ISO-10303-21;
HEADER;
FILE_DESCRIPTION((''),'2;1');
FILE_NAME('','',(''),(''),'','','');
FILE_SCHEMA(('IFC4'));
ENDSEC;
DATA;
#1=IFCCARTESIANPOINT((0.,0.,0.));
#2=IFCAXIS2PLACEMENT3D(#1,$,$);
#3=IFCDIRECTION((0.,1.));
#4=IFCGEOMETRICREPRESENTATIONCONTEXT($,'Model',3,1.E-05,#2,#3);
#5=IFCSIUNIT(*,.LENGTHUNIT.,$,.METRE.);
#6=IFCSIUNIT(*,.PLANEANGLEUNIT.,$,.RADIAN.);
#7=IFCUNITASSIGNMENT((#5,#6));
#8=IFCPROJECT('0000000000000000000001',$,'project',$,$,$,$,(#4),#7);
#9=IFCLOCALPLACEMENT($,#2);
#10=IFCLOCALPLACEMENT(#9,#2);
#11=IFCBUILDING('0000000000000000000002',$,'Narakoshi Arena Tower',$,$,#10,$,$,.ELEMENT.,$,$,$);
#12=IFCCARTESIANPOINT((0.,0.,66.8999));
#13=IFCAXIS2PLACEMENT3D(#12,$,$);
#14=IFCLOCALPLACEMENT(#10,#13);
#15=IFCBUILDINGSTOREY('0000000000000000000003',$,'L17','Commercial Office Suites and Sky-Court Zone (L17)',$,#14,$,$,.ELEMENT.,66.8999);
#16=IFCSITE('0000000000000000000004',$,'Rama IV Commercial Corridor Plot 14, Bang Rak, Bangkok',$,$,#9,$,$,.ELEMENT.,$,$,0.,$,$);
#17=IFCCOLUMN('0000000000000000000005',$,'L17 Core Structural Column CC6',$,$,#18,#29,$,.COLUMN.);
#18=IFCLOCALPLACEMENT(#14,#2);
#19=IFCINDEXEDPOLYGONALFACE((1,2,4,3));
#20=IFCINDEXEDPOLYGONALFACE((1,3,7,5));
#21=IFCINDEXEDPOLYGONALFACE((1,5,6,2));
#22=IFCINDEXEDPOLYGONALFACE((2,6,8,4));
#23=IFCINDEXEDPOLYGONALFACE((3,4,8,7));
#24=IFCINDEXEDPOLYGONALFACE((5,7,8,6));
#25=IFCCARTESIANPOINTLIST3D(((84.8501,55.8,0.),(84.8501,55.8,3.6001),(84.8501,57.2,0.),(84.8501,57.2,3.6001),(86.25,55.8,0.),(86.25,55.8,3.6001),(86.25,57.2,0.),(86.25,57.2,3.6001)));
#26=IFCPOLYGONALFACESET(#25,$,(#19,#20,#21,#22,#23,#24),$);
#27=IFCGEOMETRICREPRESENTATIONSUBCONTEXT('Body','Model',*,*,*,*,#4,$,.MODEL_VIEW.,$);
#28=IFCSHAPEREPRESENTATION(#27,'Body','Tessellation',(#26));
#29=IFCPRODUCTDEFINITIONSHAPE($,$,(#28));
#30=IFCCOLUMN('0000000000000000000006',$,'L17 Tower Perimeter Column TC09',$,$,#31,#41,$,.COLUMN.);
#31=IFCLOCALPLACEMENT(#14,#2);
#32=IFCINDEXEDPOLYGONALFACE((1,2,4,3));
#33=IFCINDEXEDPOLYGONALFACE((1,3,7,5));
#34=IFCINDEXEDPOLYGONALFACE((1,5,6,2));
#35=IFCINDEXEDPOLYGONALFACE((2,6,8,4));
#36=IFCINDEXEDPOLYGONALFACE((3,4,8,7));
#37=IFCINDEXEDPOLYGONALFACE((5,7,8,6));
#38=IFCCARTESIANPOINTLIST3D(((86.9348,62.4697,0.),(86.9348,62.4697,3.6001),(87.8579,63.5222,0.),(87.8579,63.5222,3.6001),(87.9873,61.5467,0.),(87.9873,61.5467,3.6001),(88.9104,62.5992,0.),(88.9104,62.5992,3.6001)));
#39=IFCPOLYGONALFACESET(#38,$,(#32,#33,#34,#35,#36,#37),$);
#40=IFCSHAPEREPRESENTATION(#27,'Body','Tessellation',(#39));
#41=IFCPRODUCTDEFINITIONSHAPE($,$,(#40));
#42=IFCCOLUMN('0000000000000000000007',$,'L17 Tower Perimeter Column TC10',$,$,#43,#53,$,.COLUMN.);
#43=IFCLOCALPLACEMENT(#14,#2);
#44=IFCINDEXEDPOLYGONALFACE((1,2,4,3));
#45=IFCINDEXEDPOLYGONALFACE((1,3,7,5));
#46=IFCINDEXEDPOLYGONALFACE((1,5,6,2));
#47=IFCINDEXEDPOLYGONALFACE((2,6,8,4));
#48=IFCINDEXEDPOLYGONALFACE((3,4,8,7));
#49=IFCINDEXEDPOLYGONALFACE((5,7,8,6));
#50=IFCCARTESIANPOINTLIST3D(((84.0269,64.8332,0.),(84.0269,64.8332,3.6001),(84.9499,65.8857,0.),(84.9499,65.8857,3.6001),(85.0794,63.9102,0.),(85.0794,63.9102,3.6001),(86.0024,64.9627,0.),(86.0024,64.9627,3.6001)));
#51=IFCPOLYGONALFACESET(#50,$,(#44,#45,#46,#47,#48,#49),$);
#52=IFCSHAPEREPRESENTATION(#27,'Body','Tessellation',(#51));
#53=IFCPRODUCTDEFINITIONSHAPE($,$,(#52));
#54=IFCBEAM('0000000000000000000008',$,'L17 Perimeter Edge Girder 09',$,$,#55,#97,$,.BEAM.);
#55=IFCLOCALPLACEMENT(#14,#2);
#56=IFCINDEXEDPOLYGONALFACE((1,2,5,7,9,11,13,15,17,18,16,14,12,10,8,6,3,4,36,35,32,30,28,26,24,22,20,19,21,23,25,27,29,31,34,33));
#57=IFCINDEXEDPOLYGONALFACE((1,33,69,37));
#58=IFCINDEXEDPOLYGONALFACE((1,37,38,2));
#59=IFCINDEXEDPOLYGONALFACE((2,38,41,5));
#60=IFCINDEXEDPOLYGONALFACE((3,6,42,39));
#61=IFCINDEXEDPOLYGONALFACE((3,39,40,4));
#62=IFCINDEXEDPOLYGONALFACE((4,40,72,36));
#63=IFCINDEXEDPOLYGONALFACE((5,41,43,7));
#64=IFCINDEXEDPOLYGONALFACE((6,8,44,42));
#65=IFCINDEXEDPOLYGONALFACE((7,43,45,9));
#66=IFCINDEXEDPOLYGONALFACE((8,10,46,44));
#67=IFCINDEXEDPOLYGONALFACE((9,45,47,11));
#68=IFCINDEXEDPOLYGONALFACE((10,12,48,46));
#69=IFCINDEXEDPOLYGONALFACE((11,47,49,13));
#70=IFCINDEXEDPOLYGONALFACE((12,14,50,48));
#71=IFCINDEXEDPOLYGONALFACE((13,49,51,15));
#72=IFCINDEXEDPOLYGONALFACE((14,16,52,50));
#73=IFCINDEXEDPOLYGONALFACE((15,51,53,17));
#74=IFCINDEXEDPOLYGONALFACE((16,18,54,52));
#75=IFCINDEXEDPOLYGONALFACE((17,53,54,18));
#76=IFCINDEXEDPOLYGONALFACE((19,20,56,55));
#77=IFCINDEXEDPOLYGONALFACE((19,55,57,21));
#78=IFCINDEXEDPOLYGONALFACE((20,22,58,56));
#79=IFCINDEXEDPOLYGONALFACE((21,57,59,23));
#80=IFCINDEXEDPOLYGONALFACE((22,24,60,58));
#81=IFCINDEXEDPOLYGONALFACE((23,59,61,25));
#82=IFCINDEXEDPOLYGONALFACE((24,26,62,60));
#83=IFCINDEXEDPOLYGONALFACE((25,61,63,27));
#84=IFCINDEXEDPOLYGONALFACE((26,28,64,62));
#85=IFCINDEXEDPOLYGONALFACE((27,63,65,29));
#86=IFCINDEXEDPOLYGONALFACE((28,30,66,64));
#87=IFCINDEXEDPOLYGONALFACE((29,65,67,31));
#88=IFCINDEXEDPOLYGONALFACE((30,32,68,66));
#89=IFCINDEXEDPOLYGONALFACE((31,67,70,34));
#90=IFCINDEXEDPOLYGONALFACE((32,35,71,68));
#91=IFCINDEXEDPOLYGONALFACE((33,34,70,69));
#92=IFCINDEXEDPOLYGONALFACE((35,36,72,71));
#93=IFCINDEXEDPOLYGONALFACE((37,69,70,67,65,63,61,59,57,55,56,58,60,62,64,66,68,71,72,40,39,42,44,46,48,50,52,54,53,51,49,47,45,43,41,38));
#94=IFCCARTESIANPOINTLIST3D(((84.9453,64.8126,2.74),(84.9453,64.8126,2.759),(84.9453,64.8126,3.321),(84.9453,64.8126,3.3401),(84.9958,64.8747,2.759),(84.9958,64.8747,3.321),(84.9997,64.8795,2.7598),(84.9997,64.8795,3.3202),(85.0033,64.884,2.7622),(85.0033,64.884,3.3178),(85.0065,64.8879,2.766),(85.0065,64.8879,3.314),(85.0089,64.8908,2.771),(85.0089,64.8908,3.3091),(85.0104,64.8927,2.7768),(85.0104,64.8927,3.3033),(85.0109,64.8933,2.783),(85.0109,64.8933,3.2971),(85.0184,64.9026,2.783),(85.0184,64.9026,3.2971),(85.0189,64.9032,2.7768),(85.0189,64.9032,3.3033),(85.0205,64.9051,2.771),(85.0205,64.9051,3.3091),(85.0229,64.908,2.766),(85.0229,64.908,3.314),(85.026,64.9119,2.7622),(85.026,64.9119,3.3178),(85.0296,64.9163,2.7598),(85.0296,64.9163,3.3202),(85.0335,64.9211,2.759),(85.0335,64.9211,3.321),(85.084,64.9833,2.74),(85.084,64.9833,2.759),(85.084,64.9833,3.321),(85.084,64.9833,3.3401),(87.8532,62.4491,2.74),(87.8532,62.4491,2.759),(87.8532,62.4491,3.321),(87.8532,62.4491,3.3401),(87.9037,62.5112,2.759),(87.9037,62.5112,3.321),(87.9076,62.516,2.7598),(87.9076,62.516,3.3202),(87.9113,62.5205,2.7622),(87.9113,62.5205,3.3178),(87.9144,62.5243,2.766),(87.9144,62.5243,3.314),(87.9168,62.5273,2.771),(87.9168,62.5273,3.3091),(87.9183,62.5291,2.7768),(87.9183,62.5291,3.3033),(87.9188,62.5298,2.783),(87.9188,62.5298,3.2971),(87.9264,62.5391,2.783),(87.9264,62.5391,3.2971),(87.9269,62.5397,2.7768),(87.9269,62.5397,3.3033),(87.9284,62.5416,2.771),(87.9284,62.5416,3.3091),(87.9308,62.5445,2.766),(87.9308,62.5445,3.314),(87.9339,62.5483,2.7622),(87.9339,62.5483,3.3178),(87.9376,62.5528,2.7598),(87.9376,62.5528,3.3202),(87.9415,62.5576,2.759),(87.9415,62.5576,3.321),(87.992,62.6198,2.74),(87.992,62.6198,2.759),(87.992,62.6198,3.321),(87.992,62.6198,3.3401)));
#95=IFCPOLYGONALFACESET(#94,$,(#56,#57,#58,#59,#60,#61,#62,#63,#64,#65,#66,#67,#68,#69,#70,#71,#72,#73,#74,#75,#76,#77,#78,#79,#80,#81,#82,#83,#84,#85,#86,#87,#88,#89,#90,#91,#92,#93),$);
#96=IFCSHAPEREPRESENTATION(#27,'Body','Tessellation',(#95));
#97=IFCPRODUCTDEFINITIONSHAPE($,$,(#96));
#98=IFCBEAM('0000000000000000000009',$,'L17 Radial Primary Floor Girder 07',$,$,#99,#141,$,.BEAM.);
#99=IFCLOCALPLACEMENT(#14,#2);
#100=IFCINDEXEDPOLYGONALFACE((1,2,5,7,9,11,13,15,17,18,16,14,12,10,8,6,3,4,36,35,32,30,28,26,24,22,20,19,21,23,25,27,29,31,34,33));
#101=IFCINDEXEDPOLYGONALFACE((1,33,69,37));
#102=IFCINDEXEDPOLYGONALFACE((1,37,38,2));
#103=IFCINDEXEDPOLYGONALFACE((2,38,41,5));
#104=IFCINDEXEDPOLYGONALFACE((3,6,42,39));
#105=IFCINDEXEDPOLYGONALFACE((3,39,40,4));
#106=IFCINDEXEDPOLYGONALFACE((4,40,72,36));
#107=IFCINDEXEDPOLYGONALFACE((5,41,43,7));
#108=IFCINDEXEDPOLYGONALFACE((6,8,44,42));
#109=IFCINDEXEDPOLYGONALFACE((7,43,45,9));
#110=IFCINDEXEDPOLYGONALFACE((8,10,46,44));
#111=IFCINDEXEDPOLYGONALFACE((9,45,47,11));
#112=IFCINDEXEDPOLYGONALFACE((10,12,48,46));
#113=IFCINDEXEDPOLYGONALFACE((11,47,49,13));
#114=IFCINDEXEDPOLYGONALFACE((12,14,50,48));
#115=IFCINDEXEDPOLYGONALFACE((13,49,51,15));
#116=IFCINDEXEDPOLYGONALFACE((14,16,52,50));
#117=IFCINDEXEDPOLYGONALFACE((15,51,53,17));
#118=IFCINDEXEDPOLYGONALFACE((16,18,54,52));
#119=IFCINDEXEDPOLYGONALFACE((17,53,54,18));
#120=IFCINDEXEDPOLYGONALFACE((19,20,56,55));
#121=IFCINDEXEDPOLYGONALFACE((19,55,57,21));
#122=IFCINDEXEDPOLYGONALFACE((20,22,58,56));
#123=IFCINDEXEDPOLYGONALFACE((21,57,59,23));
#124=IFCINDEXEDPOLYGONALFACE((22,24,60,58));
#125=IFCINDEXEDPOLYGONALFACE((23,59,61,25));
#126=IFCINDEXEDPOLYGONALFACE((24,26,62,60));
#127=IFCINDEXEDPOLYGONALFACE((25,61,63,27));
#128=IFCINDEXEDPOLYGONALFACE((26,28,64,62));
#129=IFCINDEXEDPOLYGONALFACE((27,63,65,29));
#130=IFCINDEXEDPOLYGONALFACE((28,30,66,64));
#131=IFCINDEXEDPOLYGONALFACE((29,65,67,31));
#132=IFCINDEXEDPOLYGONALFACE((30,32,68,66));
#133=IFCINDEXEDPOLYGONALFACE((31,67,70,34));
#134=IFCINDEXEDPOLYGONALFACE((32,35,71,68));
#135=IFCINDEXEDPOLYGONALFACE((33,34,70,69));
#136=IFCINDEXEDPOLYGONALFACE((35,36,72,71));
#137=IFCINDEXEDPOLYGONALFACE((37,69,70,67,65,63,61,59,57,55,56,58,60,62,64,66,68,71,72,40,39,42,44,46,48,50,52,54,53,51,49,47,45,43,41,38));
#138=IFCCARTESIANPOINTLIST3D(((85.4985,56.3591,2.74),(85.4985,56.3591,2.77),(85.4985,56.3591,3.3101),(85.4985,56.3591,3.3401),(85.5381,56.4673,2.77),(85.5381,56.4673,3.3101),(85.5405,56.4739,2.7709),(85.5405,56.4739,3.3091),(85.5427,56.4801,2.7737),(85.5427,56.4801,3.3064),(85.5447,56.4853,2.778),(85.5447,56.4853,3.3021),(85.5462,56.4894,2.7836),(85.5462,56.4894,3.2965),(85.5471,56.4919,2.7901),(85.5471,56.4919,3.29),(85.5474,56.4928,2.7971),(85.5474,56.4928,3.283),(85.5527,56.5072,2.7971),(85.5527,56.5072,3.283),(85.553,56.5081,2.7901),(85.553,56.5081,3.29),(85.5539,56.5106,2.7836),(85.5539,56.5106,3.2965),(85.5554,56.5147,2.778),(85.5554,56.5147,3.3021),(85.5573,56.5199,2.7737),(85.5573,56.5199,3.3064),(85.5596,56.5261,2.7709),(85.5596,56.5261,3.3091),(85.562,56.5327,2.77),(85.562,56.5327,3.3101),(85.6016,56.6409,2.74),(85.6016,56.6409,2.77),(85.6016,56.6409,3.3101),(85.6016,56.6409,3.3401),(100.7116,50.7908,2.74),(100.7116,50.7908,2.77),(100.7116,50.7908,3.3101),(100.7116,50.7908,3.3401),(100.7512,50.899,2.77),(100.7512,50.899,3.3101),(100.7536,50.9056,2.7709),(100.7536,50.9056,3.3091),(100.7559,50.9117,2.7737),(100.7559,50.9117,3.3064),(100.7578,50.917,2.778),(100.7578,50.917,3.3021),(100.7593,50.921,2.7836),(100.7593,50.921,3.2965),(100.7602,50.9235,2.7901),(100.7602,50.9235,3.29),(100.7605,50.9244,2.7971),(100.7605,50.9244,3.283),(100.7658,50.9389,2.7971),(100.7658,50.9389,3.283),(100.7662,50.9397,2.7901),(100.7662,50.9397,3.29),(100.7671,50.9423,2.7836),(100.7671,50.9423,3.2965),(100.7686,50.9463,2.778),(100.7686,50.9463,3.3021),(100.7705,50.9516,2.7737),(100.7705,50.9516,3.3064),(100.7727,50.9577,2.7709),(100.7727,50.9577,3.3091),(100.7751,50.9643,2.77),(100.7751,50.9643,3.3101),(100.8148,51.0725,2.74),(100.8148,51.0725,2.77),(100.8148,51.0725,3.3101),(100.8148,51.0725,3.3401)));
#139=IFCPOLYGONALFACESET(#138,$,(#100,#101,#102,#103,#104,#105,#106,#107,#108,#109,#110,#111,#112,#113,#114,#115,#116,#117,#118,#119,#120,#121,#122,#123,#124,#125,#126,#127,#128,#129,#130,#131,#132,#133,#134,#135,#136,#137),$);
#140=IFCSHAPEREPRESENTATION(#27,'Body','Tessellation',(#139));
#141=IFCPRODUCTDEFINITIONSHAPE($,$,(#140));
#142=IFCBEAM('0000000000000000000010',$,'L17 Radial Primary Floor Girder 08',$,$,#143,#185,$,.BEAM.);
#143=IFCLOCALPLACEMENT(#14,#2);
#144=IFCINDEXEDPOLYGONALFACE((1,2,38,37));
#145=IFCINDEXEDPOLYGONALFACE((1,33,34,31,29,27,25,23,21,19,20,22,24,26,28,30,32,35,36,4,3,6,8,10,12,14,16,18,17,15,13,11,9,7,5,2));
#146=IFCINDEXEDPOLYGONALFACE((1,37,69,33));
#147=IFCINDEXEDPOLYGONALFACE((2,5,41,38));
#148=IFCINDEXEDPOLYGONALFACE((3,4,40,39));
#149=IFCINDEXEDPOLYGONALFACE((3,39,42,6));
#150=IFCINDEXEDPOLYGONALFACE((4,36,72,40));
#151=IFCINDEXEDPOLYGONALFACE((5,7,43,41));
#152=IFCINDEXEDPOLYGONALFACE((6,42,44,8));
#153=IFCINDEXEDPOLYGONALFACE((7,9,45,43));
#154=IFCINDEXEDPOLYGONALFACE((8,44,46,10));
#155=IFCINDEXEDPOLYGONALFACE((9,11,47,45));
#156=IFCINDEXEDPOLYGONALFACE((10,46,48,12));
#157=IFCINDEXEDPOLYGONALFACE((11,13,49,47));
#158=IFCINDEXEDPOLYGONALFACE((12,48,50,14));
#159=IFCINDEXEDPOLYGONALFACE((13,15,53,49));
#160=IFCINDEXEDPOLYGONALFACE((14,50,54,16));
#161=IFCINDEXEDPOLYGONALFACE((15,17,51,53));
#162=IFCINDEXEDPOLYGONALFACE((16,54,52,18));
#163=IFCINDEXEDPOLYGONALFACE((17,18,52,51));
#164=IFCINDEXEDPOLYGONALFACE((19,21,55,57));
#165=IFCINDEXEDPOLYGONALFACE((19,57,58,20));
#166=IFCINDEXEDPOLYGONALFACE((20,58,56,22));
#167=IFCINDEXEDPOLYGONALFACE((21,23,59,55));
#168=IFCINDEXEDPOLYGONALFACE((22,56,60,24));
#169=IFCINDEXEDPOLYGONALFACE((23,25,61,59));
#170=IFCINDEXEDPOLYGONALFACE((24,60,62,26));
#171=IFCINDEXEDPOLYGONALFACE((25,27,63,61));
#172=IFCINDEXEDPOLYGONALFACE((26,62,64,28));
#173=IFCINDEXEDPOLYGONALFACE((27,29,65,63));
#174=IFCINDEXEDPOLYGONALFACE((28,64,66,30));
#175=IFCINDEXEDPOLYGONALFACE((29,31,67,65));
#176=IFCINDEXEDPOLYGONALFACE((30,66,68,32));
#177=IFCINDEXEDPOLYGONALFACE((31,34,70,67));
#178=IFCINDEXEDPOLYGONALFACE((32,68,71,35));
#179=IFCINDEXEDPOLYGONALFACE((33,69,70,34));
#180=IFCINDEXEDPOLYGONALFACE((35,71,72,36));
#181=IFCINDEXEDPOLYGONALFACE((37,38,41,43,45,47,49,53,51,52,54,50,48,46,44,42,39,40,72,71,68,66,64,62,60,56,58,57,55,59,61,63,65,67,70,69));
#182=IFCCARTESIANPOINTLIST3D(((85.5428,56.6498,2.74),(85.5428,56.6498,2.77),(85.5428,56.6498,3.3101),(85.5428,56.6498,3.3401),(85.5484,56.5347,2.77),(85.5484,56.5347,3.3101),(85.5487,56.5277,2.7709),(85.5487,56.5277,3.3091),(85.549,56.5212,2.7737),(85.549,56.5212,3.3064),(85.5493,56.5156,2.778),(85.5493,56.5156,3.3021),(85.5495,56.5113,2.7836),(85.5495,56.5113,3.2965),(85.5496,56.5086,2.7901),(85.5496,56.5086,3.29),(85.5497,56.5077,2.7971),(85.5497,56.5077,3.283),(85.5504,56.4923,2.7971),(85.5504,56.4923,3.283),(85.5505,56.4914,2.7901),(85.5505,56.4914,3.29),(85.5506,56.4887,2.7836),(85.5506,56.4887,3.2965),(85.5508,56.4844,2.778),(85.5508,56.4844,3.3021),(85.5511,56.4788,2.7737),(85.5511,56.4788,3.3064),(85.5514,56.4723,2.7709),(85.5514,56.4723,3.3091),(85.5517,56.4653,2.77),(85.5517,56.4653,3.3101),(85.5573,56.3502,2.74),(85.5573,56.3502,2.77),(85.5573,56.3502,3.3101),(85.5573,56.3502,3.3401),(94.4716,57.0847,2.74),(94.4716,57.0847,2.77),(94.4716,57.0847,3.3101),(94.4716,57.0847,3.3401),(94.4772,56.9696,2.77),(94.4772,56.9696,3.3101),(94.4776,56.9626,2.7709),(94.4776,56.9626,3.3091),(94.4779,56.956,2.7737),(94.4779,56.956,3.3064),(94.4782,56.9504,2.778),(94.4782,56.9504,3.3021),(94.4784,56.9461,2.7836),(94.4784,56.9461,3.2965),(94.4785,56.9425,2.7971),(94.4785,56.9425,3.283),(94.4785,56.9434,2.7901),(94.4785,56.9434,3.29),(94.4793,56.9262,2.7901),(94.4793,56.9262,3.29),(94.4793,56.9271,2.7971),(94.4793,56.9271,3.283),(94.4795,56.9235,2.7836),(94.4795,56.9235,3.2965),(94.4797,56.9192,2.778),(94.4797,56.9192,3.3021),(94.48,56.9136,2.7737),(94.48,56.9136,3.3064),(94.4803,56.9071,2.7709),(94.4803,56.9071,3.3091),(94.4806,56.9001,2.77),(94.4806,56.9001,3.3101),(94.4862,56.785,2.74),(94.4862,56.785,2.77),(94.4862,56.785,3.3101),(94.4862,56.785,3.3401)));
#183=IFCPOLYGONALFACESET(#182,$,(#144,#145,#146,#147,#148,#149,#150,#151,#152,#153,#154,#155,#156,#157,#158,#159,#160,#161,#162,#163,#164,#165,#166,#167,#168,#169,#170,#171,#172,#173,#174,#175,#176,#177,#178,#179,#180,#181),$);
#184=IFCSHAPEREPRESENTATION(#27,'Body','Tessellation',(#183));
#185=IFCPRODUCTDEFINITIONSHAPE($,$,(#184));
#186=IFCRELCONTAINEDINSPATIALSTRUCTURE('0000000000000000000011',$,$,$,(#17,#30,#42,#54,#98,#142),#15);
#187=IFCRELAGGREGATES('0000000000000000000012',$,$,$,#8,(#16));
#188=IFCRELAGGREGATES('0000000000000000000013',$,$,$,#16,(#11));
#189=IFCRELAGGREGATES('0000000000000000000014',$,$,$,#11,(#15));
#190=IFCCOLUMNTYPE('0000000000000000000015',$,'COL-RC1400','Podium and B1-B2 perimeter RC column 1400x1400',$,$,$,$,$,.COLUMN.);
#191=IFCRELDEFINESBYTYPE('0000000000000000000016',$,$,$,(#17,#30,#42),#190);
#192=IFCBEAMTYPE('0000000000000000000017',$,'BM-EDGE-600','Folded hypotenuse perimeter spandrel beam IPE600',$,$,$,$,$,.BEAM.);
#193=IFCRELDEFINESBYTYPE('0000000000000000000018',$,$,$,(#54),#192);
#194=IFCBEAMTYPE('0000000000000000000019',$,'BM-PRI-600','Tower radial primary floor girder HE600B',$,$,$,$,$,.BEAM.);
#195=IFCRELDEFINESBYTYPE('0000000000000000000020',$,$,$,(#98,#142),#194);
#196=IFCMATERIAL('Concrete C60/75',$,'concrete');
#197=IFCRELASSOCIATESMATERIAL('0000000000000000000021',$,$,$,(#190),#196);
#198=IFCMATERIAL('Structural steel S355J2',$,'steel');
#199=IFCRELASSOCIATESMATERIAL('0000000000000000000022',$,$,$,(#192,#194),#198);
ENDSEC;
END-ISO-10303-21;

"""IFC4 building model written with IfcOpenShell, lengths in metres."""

from ifc_helpers import new_model, si_unit, direction, frame, origin, origin_2d, place, context, subcontext, project, spatial, rectangle, i_section, extrude, material, material_profile, profile_set, type_object, element, save


model = new_model("IFC4")

# Units and contexts
model_context = context("Model", 3, precision=1e-05, world=origin(), true_north=direction((0.0, 1.0)))
body_context = subcontext(model_context, "Body", "Model", "MODEL_VIEW")
ifc_project = project(units=[si_unit("LENGTHUNIT", "METRE"), si_unit("PLANEANGLEUNIT", "RADIAN")], contexts=[model_context])

# Site, building, storey
site_placement = place(None, origin())
site = spatial("IfcSite", under=ifc_project, at=site_placement, Name="Rama IV Commercial Corridor Plot 14, Bang Rak, Bangkok", CompositionType="ELEMENT", RefElevation=0.0)
building_placement = place(site_placement, origin())
building = spatial("IfcBuilding", under=site, at=building_placement, Name="Narakoshi Arena Tower", CompositionType="ELEMENT")
storey_placement = place(building_placement, frame((0.0, 0.0, 66.8999)))
storey = spatial("IfcBuildingStorey", under=building, at=storey_placement, Name="L17", Description="Commercial Office Suites and Sky-Court Zone (L17)", CompositionType="ELEMENT", Elevation=66.8999)

# Columns
ifc_material_1 = material(Name="Concrete C60/75", Category="concrete")
ifc_material_profile_1 = material_profile(ifc_material_1, rectangle(XDim=1.3999, YDim=1.3999, at=origin_2d()), Name="RC1400x1400")
ifc_profile_set_1 = profile_set([ifc_material_profile_1], Name="Concrete C60/75")
column_type = type_object("IfcColumnType", Name="COL-RC1400", Description="Podium and B1-B2 perimeter RC column 1400x1400", PredefinedType="COLUMN", material=ifc_profile_set_1)
for number, where, z_axis, x_axis, name in (
    (1, (85.55, 56.5, 0.0), (0.0, 0.0, 1.0), (1.0, 0.0, 0.0), "L17 Core Structural Column CC6"),
    (2, (87.9226, 62.5344, 0.0), (0.0, 0.0, 1.0), (0.659346, 0.75184, 0.0), "L17 Tower Perimeter Column TC09"),
    (3, (85.0146, 64.8979, 0.0), (0.0, 0.0, 1.0), (0.659346, 0.75184, 0.0), "L17 Tower Perimeter Column TC10"),
):
    element("IfcColumn", number, at=place(storey_placement, frame(where, z_axis=z_axis, x_axis=x_axis)), inside=storey, type_object=column_type, Name=name, PredefinedType="COLUMN", context=body_context, shape_type="SweptSolid", body=[
        extrude(rectangle(XDim=1.3999, YDim=1.3999, at=origin_2d()), origin(), (0.0, 0.0, 1.0), 3.6001),
    ])

# Beams
ifc_material_2 = material(Name="Structural steel S355J2", Category="steel")
ifc_material_profile_2 = material_profile(ifc_material_2, i_section(OverallWidth=0.22, OverallDepth=0.6001, WebThickness=0.012, FlangeThickness=0.019, FilletRadius=0.0239, at=origin_2d()), Name="IPE600")
ifc_profile_set_2 = profile_set([ifc_material_profile_2], Name="Structural steel S355J2")
beam_type_1 = type_object("IfcBeamType", Name="BM-EDGE-600", Description="Folded hypotenuse perimeter spandrel beam IPE600", PredefinedType="BEAM", material=ifc_profile_set_2)
beam_1_placement = place(storey_placement, frame((87.9226, 62.5344, 3.04), z_axis=(-0.776008, 0.630723, 0.0), x_axis=(-0.630723, -0.776008, 0.0)))
element("IfcBeam", 4, at=beam_1_placement, inside=storey, type_object=beam_type_1, Name="L17 Perimeter Edge Girder 09", PredefinedType="BEAM", context=body_context, shape_type="SweptSolid", body=[
    extrude(i_section(OverallWidth=0.22, OverallDepth=0.6001, WebThickness=0.012, FlangeThickness=0.019, FilletRadius=0.0239, at=origin_2d()), origin(), (0.0, 0.0, 1.0), 3.7473),
])
ifc_material_profile_3 = material_profile(ifc_material_2, i_section(OverallWidth=0.3, OverallDepth=0.6001, WebThickness=0.0154, FlangeThickness=0.03, FilletRadius=0.0271, at=origin_2d()), Name="HE600B")
ifc_profile_set_3 = profile_set([ifc_material_profile_3], Name="Structural steel S355J2")
beam_type_2 = type_object("IfcBeamType", Name="BM-PRI-600", Description="Tower radial primary floor girder HE600B", PredefinedType="BEAM", material=ifc_profile_set_3)
beam_2_placement = place(storey_placement, frame((85.55, 56.5, 3.04), z_axis=(0.939071, -0.343722, 0.0), x_axis=(0.343722, 0.939071, 0.0)))
element("IfcBeam", 5, at=beam_2_placement, inside=storey, type_object=beam_type_2, Name="L17 Radial Primary Floor Girder 07", PredefinedType="BEAM", context=body_context, shape_type="SweptSolid", body=[
    extrude(i_section(OverallWidth=0.3, OverallDepth=0.6001, WebThickness=0.0154, FlangeThickness=0.03, FilletRadius=0.0271, at=origin_2d()), origin(), (0.0, 0.0, 1.0), 16.2002),
])
beam_3_placement = place(storey_placement, frame((85.55, 56.5, 3.04), z_axis=(0.998816, 0.048639, 0.0), x_axis=(-0.048639, 0.998816, 0.0)))
element("IfcBeam", 6, at=beam_3_placement, inside=storey, type_object=beam_type_2, Name="L17 Radial Primary Floor Girder 08", PredefinedType="BEAM", context=body_context, shape_type="SweptSolid", body=[
    extrude(i_section(OverallWidth=0.3, OverallDepth=0.6001, WebThickness=0.0154, FlangeThickness=0.03, FilletRadius=0.0271, at=origin_2d()), origin(), (0.0, 0.0, 1.0), 8.9395),
])

save(model, "model.ifc")
